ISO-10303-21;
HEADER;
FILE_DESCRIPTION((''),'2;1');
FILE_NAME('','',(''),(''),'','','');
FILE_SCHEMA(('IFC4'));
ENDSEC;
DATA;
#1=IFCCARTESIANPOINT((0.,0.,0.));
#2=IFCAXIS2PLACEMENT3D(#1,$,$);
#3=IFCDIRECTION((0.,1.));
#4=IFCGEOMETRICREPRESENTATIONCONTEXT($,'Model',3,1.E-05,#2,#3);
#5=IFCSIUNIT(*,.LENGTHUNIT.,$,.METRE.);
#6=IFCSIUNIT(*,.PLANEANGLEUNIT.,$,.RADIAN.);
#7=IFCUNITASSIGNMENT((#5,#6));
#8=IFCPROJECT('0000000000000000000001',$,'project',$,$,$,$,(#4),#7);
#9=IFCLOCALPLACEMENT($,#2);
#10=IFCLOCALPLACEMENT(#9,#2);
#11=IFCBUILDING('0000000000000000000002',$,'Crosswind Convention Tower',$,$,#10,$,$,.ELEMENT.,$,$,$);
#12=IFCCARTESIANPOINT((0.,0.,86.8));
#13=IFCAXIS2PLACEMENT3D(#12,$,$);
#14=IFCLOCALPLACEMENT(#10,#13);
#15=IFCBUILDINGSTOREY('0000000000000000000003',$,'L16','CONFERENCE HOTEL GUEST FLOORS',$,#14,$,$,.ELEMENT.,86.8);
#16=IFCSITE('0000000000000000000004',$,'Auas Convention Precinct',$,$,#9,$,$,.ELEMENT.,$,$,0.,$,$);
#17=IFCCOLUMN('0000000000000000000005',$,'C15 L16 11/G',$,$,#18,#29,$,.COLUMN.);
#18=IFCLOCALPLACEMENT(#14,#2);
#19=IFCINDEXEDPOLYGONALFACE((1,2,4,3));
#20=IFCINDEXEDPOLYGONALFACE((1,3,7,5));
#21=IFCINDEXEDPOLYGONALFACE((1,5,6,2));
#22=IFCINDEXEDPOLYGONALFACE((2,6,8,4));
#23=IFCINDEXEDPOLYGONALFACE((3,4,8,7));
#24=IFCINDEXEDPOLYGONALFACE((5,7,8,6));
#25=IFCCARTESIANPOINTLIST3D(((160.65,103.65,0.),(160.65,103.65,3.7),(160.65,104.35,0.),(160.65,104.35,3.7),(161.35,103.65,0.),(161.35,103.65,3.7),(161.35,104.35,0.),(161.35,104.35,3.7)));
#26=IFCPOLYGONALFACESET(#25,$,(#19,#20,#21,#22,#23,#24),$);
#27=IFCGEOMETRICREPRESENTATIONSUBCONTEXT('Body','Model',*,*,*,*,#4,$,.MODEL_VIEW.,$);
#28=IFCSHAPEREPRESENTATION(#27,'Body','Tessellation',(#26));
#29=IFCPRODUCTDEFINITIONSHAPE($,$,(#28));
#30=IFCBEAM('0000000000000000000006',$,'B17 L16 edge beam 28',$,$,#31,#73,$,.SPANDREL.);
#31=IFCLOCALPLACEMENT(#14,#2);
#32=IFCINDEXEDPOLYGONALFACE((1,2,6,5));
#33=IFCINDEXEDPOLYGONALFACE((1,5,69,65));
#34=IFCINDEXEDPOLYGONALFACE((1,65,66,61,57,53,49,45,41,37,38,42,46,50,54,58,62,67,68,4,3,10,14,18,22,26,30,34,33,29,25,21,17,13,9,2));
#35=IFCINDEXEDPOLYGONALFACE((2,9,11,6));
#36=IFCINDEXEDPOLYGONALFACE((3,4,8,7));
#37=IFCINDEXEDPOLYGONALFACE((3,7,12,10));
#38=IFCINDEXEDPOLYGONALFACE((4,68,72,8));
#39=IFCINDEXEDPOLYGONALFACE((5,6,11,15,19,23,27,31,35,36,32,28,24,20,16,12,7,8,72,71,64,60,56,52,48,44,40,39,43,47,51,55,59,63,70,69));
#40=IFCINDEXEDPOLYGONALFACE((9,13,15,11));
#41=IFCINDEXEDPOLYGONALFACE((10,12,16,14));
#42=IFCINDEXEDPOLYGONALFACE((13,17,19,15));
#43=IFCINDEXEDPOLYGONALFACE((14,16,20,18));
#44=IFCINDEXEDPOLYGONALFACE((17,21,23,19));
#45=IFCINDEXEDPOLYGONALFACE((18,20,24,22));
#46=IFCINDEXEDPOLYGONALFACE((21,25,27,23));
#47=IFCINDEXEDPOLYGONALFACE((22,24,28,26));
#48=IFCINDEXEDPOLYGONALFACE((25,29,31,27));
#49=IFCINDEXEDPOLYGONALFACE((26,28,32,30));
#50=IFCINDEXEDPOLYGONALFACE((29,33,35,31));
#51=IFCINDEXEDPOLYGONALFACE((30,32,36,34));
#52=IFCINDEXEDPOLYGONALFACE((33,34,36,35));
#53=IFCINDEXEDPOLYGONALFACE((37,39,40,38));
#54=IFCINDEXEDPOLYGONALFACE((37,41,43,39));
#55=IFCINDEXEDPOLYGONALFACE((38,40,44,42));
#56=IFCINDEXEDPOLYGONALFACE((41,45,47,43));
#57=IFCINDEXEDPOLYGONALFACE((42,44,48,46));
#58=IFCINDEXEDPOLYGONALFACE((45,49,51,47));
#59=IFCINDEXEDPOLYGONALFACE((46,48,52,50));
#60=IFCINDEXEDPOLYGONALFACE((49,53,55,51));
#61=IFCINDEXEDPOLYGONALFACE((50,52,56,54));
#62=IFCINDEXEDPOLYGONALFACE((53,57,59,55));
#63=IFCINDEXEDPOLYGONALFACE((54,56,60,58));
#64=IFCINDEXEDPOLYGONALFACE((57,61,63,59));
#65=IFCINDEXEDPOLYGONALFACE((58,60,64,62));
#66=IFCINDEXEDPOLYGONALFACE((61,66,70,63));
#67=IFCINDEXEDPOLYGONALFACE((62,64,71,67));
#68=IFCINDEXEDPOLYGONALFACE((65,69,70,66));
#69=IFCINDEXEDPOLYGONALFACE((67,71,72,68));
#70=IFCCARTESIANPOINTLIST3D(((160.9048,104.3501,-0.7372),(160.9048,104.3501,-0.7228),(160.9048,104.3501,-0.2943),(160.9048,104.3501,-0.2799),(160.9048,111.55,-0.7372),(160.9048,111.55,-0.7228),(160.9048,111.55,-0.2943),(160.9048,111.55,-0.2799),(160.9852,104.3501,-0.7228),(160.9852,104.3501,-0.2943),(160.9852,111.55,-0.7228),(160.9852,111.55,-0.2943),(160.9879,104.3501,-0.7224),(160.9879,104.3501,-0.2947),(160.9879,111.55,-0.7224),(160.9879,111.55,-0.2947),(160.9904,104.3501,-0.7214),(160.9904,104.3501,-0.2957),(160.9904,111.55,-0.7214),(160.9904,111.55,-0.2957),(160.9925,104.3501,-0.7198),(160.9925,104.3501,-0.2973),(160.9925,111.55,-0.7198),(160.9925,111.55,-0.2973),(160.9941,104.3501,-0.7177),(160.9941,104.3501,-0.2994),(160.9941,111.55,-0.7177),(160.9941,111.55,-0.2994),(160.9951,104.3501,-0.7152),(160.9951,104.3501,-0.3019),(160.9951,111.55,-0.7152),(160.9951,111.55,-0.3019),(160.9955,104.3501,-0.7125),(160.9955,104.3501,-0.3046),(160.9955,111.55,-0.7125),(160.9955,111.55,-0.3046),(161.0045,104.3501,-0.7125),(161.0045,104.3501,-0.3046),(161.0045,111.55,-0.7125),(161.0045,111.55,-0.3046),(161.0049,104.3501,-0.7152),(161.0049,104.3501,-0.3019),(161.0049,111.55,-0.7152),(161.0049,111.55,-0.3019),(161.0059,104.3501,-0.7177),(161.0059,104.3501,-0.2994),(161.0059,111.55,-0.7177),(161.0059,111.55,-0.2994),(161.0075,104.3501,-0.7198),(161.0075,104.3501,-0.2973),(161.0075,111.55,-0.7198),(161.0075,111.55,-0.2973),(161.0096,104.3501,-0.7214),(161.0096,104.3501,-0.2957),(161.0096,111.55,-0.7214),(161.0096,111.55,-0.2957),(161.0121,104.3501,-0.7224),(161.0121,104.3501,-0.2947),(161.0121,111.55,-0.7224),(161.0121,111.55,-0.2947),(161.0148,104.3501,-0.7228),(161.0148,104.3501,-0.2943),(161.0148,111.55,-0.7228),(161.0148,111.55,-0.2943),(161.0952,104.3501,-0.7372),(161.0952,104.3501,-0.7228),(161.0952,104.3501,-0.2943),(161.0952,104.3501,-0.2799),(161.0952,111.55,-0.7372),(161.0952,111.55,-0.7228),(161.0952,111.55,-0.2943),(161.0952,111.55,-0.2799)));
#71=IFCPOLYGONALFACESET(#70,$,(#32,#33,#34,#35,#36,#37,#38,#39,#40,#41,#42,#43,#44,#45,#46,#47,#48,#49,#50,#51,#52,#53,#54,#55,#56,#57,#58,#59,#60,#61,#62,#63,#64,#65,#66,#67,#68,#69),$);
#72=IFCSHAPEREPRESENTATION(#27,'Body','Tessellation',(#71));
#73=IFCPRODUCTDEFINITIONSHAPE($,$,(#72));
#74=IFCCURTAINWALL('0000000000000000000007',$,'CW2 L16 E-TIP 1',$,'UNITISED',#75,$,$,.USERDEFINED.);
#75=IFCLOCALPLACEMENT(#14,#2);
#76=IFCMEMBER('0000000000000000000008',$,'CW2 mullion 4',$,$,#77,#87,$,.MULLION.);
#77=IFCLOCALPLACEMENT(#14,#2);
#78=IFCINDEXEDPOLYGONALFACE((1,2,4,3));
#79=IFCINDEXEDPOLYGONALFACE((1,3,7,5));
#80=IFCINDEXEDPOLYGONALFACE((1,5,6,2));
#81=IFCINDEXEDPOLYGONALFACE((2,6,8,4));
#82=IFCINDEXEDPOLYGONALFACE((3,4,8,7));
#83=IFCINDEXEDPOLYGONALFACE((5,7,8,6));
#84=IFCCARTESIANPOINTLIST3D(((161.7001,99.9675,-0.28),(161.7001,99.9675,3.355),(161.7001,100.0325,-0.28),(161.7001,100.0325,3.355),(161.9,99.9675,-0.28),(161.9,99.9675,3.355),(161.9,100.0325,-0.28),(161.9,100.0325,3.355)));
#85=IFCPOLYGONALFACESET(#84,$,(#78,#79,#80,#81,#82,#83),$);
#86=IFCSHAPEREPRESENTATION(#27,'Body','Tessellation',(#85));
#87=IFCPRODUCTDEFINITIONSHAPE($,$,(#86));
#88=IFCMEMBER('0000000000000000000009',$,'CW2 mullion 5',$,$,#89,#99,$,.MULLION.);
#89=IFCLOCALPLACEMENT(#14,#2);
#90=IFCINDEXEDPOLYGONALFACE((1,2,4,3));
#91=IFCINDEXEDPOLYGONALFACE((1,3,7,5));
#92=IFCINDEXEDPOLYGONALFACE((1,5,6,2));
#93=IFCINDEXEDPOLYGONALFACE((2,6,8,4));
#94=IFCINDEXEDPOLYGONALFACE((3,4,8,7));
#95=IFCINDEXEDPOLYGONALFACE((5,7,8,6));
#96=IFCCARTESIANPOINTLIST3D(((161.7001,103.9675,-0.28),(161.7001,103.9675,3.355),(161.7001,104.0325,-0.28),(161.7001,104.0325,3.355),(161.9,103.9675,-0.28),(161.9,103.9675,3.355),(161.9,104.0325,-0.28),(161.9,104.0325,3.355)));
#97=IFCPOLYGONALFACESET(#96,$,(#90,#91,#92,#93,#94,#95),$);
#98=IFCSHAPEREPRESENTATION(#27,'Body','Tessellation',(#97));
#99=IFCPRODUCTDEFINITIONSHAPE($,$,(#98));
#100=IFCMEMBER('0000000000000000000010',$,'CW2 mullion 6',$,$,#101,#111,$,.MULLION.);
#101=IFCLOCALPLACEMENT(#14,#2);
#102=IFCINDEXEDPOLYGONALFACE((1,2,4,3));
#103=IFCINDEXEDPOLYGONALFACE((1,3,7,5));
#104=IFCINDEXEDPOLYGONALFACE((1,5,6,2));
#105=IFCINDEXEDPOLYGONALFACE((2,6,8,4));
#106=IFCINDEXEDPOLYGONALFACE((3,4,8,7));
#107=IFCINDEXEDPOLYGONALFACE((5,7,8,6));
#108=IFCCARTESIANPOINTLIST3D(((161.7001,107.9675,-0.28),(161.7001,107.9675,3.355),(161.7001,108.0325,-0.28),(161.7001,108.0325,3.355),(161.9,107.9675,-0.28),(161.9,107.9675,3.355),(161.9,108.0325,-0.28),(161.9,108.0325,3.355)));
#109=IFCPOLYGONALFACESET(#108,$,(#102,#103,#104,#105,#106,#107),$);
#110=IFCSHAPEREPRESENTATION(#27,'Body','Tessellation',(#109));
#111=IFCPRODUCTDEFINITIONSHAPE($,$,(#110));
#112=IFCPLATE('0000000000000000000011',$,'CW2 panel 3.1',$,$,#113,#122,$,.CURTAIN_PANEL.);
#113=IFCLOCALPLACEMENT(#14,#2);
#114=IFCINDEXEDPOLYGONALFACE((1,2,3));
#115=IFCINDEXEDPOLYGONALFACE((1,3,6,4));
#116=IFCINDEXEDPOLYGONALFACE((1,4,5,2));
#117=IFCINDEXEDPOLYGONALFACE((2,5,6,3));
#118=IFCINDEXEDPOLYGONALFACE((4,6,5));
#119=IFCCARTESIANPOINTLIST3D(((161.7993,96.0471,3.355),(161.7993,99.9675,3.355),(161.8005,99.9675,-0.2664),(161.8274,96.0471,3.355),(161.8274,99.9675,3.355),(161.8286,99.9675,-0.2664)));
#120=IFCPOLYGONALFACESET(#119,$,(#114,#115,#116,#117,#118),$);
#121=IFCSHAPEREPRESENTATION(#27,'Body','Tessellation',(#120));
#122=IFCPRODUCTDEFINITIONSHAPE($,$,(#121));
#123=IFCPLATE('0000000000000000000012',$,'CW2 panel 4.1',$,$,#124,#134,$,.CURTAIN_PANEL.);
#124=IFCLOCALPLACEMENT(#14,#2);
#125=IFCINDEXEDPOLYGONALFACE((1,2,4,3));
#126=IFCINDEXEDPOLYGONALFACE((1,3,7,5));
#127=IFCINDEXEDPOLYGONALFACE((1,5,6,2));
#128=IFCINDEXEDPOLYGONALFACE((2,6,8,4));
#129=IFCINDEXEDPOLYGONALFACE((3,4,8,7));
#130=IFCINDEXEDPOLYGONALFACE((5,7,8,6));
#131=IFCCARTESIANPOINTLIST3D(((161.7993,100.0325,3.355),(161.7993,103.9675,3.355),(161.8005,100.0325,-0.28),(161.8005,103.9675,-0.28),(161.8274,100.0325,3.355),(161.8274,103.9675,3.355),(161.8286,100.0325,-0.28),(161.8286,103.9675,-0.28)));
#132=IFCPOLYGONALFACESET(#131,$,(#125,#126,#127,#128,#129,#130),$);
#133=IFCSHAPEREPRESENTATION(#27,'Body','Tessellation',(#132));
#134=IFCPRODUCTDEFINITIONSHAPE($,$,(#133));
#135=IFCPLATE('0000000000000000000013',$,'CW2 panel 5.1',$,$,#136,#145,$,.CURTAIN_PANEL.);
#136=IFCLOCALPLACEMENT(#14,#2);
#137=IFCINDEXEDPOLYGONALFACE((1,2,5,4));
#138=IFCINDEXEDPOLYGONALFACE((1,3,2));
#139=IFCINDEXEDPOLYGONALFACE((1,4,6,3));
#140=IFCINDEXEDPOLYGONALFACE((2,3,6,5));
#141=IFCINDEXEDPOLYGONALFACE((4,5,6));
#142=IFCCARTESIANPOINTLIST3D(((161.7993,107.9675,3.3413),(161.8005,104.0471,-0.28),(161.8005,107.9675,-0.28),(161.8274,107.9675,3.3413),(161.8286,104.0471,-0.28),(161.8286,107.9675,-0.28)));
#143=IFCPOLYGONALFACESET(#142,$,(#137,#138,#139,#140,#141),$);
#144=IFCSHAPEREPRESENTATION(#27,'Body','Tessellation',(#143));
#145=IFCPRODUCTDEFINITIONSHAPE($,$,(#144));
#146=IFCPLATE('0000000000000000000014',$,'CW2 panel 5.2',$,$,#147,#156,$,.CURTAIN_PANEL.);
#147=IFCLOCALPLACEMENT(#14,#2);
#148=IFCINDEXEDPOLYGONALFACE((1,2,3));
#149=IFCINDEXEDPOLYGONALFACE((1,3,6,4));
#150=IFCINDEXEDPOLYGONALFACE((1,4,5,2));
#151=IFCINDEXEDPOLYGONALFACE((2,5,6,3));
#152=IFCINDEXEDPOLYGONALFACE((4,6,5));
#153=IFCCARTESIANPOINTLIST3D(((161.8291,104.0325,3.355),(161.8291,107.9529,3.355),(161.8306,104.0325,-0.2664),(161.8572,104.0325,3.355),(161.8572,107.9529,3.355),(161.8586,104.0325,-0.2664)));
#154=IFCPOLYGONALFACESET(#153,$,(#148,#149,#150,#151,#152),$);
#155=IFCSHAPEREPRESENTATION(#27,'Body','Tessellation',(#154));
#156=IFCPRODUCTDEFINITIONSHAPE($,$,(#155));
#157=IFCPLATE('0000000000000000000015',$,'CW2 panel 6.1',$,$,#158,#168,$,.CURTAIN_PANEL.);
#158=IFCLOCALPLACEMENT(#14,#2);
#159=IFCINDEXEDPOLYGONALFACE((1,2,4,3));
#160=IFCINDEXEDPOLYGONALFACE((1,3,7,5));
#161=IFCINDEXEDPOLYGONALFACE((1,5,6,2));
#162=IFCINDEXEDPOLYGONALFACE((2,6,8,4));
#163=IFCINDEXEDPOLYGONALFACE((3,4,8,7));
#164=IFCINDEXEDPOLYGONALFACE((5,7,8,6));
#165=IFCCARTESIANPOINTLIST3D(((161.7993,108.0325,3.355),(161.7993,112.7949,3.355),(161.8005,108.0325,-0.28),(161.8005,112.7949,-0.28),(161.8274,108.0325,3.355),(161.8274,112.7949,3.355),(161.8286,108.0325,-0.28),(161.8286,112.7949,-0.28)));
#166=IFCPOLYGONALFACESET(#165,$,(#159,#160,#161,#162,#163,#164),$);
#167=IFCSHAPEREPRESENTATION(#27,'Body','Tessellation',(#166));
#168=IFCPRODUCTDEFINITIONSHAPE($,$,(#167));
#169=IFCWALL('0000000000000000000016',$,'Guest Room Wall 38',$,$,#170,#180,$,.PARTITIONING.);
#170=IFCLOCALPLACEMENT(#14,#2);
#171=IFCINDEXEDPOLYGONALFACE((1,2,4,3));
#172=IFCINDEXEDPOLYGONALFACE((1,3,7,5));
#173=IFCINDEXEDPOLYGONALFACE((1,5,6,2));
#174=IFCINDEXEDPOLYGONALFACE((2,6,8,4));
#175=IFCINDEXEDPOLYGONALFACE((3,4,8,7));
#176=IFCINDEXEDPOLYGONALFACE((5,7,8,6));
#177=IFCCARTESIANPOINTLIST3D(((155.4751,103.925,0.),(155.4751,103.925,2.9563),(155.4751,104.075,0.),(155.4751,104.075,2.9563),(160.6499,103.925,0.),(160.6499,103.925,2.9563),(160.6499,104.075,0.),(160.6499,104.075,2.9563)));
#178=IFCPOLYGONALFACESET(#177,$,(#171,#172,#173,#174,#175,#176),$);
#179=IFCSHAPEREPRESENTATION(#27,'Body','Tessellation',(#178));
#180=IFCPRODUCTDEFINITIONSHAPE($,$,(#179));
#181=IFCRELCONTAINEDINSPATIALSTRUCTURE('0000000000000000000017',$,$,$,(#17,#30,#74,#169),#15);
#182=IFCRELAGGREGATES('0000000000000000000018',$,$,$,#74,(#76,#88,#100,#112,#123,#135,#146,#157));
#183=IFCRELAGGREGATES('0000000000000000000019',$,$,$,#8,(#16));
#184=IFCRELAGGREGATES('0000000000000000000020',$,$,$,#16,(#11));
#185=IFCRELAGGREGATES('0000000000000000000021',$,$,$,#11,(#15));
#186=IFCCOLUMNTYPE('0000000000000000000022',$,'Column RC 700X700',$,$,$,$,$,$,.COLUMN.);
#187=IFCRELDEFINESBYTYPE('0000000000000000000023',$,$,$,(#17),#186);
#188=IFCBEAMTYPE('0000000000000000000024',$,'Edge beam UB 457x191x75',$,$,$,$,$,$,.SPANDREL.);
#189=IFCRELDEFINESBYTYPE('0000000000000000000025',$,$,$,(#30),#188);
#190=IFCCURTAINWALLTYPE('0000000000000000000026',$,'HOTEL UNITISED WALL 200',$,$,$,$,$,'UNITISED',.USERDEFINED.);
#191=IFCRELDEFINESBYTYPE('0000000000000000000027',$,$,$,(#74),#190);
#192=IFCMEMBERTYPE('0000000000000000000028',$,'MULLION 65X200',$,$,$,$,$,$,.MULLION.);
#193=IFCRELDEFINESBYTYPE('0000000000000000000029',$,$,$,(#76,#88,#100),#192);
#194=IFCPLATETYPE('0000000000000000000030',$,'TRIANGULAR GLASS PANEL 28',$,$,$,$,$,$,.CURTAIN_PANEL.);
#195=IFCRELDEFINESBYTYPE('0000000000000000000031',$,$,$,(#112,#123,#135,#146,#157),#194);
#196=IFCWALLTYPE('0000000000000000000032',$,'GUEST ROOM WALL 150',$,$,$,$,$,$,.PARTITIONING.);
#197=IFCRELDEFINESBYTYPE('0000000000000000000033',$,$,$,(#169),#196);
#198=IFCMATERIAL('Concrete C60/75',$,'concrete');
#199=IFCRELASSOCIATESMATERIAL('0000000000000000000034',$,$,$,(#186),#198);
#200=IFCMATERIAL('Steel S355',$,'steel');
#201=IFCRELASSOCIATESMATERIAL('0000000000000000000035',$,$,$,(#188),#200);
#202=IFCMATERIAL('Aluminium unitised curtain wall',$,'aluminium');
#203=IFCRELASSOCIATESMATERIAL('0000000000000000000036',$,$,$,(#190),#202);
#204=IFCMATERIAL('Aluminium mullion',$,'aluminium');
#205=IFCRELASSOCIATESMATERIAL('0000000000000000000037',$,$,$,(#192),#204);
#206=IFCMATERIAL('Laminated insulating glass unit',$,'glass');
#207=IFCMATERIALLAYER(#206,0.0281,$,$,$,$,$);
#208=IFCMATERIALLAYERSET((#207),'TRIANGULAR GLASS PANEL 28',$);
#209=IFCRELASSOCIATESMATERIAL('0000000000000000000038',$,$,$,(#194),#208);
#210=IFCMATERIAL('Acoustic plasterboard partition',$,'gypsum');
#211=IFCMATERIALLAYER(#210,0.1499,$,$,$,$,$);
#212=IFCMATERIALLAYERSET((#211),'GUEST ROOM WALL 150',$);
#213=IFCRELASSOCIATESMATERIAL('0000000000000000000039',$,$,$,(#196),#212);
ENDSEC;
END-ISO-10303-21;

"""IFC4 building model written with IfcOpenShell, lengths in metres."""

from ifc_helpers import new_model, si_unit, direction, frame, frame_2d, origin, origin_2d, place, context, subcontext, project, spatial, polyline, rectangle, i_section, outline, extrude, material, layer, layer_set, material_profile, profile_set, type_object, element, aggregate, save


model = new_model("IFC4")

# Units and contexts
model_context = context("Model", 3, precision=1e-05, world=origin(), true_north=direction((0.0, 1.0)))
body_context = subcontext(model_context, "Body", "Model", "MODEL_VIEW")
ifc_project = project(units=[si_unit("LENGTHUNIT", "METRE"), si_unit("PLANEANGLEUNIT", "RADIAN")], contexts=[model_context])

# Site, building, storey
site_placement = place(None, origin())
site = spatial("IfcSite", under=ifc_project, at=site_placement, Name="Auas Convention Precinct", CompositionType="ELEMENT", RefElevation=0.0)
building_placement = place(site_placement, origin())
building = spatial("IfcBuilding", under=site, at=building_placement, Name="Crosswind Convention Tower", CompositionType="ELEMENT")
storey_placement = place(building_placement, frame((0.0, 0.0, 86.8)))
storey = spatial("IfcBuildingStorey", under=building, at=storey_placement, Name="L16", Description="CONFERENCE HOTEL GUEST FLOORS", CompositionType="ELEMENT", Elevation=86.8)

# Column
ifc_material_1 = material(Name="Concrete C60/75", Category="concrete")
ifc_material_profile_1 = material_profile(ifc_material_1, rectangle(XDim=0.7, YDim=0.7, at=origin_2d()), Name="RC 700X700")
ifc_profile_set_1 = profile_set([ifc_material_profile_1], Name="Concrete C60/75")
column_type = type_object("IfcColumnType", Name="Column RC 700X700", PredefinedType="COLUMN", material=ifc_profile_set_1)
column_placement = place(storey_placement, frame((161.0, 104.0, 0.0), z_axis=(0.0, 0.0, 1.0), x_axis=(1.0, 0.0, 0.0)))
element("IfcColumn", 1, at=column_placement, inside=storey, type_object=column_type, Name="C15 L16 11/G", PredefinedType="COLUMN", context=body_context, shape_type="SweptSolid", body=[
    extrude(rectangle(XDim=0.7, YDim=0.7, at=origin_2d()), origin(), (0.0, 0.0, 1.0), 3.7),
])

# Beam
ifc_material_2 = material(Name="Steel S355", Category="steel")
ifc_material_profile_2 = material_profile(ifc_material_2, i_section(OverallWidth=0.1904, OverallDepth=0.4573, WebThickness=0.009, FlangeThickness=0.0144, FilletRadius=0.0103, at=origin_2d()), Name="UB 457x191x75")
ifc_profile_set_2 = profile_set([ifc_material_profile_2], Name="Steel S355")
beam_type = type_object("IfcBeamType", Name="Edge beam UB 457x191x75", PredefinedType="SPANDREL", material=ifc_profile_set_2)
beam_placement = place(storey_placement, frame((161.0, 104.3501, -0.5085), z_axis=(0.0, 1.0, 0.0), x_axis=(-1.0, 0.0, 0.0)))
element("IfcBeam", 2, at=beam_placement, inside=storey, type_object=beam_type, Name="B17 L16 edge beam 28", PredefinedType="SPANDREL", context=body_context, shape_type="SweptSolid", body=[
    extrude(i_section(OverallWidth=0.1904, OverallDepth=0.4573, WebThickness=0.009, FlangeThickness=0.0144, FilletRadius=0.0103, at=origin_2d()), origin(), (0.0, 0.0, 1.0), 7.2),
])

# Curtain wall, members, plates
ifc_material_3 = material(Name="Aluminium unitised curtain wall", Category="aluminium")
curtain_wall_type = type_object("IfcCurtainWallType", Name="HOTEL UNITISED WALL 200", ElementType="UNITISED", PredefinedType="USERDEFINED", material=ifc_material_3)
curtain_wall_placement = place(storey_placement, origin())
curtain_wall = element("IfcCurtainWall", 3, at=curtain_wall_placement, inside=storey, type_object=curtain_wall_type, Name="CW2 L16 E-TIP 1", ObjectType="UNITISED", PredefinedType="USERDEFINED")
ifc_material_4 = material(Name="Aluminium mullion", Category="aluminium")
ifc_material_profile_3 = material_profile(ifc_material_4, rectangle(XDim=0.2, YDim=0.0649, at=origin_2d()), Name="AL 200X65")
ifc_profile_set_3 = profile_set([ifc_material_profile_3], Name="Aluminium mullion")
member_type = type_object("IfcMemberType", Name="MULLION 65X200", PredefinedType="MULLION", material=ifc_profile_set_3)
member_1_placement = place(storey_placement, frame((161.8, 100.0, -0.28), z_axis=(0.0, 0.0, 1.0), x_axis=(1.0, 0.0, 0.0)))
member_1 = element("IfcMember", 4, at=member_1_placement, type_object=member_type, Name="CW2 mullion 4", PredefinedType="MULLION", context=body_context, shape_type="SweptSolid", body=[
    extrude(rectangle(XDim=0.2, YDim=0.0649, at=origin_2d()), origin(), (0.0, 0.0, 1.0), 3.635),
])
member_2_placement = place(storey_placement, frame((161.8, 104.0, -0.28), z_axis=(0.0, 0.0, 1.0), x_axis=(1.0, 0.0, 0.0)))
member_2 = element("IfcMember", 5, at=member_2_placement, type_object=member_type, Name="CW2 mullion 5", PredefinedType="MULLION", context=body_context, shape_type="SweptSolid", body=[
    extrude(rectangle(XDim=0.2, YDim=0.0649, at=origin_2d()), origin(), (0.0, 0.0, 1.0), 3.635),
])
member_3_placement = place(storey_placement, frame((161.8, 108.0, -0.28), z_axis=(0.0, 0.0, 1.0), x_axis=(1.0, 0.0, 0.0)))
member_3 = element("IfcMember", 6, at=member_3_placement, type_object=member_type, Name="CW2 mullion 6", PredefinedType="MULLION", context=body_context, shape_type="SweptSolid", body=[
    extrude(rectangle(XDim=0.2, YDim=0.0649, at=origin_2d()), origin(), (0.0, 0.0, 1.0), 3.635),
])
ifc_material_5 = material(Name="Laminated insulating glass unit", Category="glass")
ifc_layer_1 = layer(ifc_material_5, 0.0281)
ifc_layer_set_1 = layer_set([ifc_layer_1], Name="TRIANGULAR GLASS PANEL 28")
plate_type = type_object("IfcPlateType", Name="TRIANGULAR GLASS PANEL 28", PredefinedType="CURTAIN_PANEL", material=ifc_layer_set_1)
plate_1_placement = place(storey_placement, frame((161.8274, 99.9675, 3.355), z_axis=(1.0, 0.0, 0.000337), x_axis=(0.0, -1.0, 0.0)))
plate_1 = element("IfcPlate", 7, at=plate_1_placement, type_object=plate_type, Name="CW2 panel 3.1", PredefinedType="CURTAIN_PANEL", context=body_context, shape_type="SweptSolid", body=[
    extrude(outline(polyline([(0.0, 0.0), (3.9204, 0.0), (0.0, 3.6213), (0.0, 0.0)])), origin(), (0.0, 0.0, -1.0), 0.0281),
])
plate_2_placement = place(storey_placement, frame((161.8286, 100.0325, -0.28), z_axis=(1.0, 0.0, 0.000336), x_axis=(0.0, 1.0, 0.0)))
plate_2 = element("IfcPlate", 8, at=plate_2_placement, type_object=plate_type, Name="CW2 panel 4.1", PredefinedType="CURTAIN_PANEL", context=body_context, shape_type="SweptSolid", body=[
    extrude(outline(polyline([(0.0, 0.0), (3.9351, 0.0), (3.9351, 3.635), (0.0, 3.635), (0.0, 0.0)])), origin(), (0.0, 0.0, -1.0), 0.0281),
])
plate_3_placement = place(storey_placement, frame((161.8286, 107.9675, -0.28), z_axis=(1.0, 0.0, 0.000337), x_axis=(-0.000337, 0.0, 1.0)))
plate_3 = element("IfcPlate", 9, at=plate_3_placement, type_object=plate_type, Name="CW2 panel 5.1", PredefinedType="CURTAIN_PANEL", context=body_context, shape_type="SweptSolid", body=[
    extrude(outline(polyline([(0.0, 0.0), (3.6213, 0.0), (0.0, 3.9204), (0.0, 0.0)])), origin(), (0.0, 0.0, -1.0), 0.0281),
])
plate_4_placement = place(storey_placement, frame((161.8572, 104.0325, 3.355), z_axis=(1.0, 0.0, 0.000405), x_axis=(0.000405, 0.0, -1.0)))
plate_4 = element("IfcPlate", 10, at=plate_4_placement, type_object=plate_type, Name="CW2 panel 5.2", PredefinedType="CURTAIN_PANEL", context=body_context, shape_type="SweptSolid", body=[
    extrude(outline(polyline([(0.0, 0.0), (3.6213, 0.0), (0.0, 3.9204), (0.0, 0.0)])), origin(), (0.0, 0.0, -1.0), 0.0281),
])
plate_5_placement = place(storey_placement, frame((161.8286, 108.0325, -0.28), z_axis=(1.0, 0.0, 0.000336), x_axis=(0.0, 1.0, 0.0)))
plate_5 = element("IfcPlate", 11, at=plate_5_placement, type_object=plate_type, Name="CW2 panel 6.1", PredefinedType="CURTAIN_PANEL", context=body_context, shape_type="SweptSolid", body=[
    extrude(outline(polyline([(0.0, 0.0), (4.7625, 0.0), (4.7625, 3.635), (0.0, 3.635), (0.0, 0.0)])), origin(), (0.0, 0.0, -1.0), 0.0281),
])
aggregate(curtain_wall, [member_1, member_2, member_3, plate_1, plate_2, plate_3, plate_4, plate_5])

# Wall
ifc_material_6 = material(Name="Acoustic plasterboard partition", Category="gypsum")
ifc_layer_2 = layer(ifc_material_6, 0.1499)
ifc_layer_set_2 = layer_set([ifc_layer_2], Name="GUEST ROOM WALL 150")
wall_type_1 = type_object("IfcWallType", Name="GUEST ROOM WALL 150", PredefinedType="PARTITIONING", material=ifc_layer_set_2)
wall_1_placement = place(storey_placement, frame((155.4751, 104.0, 0.0), z_axis=(0.0, 0.0, 1.0), x_axis=(1.0, 0.0, 0.0)))
element("IfcWall", 12, at=wall_1_placement, inside=storey, type_object=wall_type_1, Name="Guest Room Wall 38", PredefinedType="PARTITIONING", context=body_context, shape_type="SweptSolid", body=[
    extrude(rectangle(XDim=5.1748, YDim=0.1499, at=frame_2d((2.5874, 0.0))), origin(), (0.0, 0.0, 1.0), 2.9563),
])

save(model, "model.ifc")
